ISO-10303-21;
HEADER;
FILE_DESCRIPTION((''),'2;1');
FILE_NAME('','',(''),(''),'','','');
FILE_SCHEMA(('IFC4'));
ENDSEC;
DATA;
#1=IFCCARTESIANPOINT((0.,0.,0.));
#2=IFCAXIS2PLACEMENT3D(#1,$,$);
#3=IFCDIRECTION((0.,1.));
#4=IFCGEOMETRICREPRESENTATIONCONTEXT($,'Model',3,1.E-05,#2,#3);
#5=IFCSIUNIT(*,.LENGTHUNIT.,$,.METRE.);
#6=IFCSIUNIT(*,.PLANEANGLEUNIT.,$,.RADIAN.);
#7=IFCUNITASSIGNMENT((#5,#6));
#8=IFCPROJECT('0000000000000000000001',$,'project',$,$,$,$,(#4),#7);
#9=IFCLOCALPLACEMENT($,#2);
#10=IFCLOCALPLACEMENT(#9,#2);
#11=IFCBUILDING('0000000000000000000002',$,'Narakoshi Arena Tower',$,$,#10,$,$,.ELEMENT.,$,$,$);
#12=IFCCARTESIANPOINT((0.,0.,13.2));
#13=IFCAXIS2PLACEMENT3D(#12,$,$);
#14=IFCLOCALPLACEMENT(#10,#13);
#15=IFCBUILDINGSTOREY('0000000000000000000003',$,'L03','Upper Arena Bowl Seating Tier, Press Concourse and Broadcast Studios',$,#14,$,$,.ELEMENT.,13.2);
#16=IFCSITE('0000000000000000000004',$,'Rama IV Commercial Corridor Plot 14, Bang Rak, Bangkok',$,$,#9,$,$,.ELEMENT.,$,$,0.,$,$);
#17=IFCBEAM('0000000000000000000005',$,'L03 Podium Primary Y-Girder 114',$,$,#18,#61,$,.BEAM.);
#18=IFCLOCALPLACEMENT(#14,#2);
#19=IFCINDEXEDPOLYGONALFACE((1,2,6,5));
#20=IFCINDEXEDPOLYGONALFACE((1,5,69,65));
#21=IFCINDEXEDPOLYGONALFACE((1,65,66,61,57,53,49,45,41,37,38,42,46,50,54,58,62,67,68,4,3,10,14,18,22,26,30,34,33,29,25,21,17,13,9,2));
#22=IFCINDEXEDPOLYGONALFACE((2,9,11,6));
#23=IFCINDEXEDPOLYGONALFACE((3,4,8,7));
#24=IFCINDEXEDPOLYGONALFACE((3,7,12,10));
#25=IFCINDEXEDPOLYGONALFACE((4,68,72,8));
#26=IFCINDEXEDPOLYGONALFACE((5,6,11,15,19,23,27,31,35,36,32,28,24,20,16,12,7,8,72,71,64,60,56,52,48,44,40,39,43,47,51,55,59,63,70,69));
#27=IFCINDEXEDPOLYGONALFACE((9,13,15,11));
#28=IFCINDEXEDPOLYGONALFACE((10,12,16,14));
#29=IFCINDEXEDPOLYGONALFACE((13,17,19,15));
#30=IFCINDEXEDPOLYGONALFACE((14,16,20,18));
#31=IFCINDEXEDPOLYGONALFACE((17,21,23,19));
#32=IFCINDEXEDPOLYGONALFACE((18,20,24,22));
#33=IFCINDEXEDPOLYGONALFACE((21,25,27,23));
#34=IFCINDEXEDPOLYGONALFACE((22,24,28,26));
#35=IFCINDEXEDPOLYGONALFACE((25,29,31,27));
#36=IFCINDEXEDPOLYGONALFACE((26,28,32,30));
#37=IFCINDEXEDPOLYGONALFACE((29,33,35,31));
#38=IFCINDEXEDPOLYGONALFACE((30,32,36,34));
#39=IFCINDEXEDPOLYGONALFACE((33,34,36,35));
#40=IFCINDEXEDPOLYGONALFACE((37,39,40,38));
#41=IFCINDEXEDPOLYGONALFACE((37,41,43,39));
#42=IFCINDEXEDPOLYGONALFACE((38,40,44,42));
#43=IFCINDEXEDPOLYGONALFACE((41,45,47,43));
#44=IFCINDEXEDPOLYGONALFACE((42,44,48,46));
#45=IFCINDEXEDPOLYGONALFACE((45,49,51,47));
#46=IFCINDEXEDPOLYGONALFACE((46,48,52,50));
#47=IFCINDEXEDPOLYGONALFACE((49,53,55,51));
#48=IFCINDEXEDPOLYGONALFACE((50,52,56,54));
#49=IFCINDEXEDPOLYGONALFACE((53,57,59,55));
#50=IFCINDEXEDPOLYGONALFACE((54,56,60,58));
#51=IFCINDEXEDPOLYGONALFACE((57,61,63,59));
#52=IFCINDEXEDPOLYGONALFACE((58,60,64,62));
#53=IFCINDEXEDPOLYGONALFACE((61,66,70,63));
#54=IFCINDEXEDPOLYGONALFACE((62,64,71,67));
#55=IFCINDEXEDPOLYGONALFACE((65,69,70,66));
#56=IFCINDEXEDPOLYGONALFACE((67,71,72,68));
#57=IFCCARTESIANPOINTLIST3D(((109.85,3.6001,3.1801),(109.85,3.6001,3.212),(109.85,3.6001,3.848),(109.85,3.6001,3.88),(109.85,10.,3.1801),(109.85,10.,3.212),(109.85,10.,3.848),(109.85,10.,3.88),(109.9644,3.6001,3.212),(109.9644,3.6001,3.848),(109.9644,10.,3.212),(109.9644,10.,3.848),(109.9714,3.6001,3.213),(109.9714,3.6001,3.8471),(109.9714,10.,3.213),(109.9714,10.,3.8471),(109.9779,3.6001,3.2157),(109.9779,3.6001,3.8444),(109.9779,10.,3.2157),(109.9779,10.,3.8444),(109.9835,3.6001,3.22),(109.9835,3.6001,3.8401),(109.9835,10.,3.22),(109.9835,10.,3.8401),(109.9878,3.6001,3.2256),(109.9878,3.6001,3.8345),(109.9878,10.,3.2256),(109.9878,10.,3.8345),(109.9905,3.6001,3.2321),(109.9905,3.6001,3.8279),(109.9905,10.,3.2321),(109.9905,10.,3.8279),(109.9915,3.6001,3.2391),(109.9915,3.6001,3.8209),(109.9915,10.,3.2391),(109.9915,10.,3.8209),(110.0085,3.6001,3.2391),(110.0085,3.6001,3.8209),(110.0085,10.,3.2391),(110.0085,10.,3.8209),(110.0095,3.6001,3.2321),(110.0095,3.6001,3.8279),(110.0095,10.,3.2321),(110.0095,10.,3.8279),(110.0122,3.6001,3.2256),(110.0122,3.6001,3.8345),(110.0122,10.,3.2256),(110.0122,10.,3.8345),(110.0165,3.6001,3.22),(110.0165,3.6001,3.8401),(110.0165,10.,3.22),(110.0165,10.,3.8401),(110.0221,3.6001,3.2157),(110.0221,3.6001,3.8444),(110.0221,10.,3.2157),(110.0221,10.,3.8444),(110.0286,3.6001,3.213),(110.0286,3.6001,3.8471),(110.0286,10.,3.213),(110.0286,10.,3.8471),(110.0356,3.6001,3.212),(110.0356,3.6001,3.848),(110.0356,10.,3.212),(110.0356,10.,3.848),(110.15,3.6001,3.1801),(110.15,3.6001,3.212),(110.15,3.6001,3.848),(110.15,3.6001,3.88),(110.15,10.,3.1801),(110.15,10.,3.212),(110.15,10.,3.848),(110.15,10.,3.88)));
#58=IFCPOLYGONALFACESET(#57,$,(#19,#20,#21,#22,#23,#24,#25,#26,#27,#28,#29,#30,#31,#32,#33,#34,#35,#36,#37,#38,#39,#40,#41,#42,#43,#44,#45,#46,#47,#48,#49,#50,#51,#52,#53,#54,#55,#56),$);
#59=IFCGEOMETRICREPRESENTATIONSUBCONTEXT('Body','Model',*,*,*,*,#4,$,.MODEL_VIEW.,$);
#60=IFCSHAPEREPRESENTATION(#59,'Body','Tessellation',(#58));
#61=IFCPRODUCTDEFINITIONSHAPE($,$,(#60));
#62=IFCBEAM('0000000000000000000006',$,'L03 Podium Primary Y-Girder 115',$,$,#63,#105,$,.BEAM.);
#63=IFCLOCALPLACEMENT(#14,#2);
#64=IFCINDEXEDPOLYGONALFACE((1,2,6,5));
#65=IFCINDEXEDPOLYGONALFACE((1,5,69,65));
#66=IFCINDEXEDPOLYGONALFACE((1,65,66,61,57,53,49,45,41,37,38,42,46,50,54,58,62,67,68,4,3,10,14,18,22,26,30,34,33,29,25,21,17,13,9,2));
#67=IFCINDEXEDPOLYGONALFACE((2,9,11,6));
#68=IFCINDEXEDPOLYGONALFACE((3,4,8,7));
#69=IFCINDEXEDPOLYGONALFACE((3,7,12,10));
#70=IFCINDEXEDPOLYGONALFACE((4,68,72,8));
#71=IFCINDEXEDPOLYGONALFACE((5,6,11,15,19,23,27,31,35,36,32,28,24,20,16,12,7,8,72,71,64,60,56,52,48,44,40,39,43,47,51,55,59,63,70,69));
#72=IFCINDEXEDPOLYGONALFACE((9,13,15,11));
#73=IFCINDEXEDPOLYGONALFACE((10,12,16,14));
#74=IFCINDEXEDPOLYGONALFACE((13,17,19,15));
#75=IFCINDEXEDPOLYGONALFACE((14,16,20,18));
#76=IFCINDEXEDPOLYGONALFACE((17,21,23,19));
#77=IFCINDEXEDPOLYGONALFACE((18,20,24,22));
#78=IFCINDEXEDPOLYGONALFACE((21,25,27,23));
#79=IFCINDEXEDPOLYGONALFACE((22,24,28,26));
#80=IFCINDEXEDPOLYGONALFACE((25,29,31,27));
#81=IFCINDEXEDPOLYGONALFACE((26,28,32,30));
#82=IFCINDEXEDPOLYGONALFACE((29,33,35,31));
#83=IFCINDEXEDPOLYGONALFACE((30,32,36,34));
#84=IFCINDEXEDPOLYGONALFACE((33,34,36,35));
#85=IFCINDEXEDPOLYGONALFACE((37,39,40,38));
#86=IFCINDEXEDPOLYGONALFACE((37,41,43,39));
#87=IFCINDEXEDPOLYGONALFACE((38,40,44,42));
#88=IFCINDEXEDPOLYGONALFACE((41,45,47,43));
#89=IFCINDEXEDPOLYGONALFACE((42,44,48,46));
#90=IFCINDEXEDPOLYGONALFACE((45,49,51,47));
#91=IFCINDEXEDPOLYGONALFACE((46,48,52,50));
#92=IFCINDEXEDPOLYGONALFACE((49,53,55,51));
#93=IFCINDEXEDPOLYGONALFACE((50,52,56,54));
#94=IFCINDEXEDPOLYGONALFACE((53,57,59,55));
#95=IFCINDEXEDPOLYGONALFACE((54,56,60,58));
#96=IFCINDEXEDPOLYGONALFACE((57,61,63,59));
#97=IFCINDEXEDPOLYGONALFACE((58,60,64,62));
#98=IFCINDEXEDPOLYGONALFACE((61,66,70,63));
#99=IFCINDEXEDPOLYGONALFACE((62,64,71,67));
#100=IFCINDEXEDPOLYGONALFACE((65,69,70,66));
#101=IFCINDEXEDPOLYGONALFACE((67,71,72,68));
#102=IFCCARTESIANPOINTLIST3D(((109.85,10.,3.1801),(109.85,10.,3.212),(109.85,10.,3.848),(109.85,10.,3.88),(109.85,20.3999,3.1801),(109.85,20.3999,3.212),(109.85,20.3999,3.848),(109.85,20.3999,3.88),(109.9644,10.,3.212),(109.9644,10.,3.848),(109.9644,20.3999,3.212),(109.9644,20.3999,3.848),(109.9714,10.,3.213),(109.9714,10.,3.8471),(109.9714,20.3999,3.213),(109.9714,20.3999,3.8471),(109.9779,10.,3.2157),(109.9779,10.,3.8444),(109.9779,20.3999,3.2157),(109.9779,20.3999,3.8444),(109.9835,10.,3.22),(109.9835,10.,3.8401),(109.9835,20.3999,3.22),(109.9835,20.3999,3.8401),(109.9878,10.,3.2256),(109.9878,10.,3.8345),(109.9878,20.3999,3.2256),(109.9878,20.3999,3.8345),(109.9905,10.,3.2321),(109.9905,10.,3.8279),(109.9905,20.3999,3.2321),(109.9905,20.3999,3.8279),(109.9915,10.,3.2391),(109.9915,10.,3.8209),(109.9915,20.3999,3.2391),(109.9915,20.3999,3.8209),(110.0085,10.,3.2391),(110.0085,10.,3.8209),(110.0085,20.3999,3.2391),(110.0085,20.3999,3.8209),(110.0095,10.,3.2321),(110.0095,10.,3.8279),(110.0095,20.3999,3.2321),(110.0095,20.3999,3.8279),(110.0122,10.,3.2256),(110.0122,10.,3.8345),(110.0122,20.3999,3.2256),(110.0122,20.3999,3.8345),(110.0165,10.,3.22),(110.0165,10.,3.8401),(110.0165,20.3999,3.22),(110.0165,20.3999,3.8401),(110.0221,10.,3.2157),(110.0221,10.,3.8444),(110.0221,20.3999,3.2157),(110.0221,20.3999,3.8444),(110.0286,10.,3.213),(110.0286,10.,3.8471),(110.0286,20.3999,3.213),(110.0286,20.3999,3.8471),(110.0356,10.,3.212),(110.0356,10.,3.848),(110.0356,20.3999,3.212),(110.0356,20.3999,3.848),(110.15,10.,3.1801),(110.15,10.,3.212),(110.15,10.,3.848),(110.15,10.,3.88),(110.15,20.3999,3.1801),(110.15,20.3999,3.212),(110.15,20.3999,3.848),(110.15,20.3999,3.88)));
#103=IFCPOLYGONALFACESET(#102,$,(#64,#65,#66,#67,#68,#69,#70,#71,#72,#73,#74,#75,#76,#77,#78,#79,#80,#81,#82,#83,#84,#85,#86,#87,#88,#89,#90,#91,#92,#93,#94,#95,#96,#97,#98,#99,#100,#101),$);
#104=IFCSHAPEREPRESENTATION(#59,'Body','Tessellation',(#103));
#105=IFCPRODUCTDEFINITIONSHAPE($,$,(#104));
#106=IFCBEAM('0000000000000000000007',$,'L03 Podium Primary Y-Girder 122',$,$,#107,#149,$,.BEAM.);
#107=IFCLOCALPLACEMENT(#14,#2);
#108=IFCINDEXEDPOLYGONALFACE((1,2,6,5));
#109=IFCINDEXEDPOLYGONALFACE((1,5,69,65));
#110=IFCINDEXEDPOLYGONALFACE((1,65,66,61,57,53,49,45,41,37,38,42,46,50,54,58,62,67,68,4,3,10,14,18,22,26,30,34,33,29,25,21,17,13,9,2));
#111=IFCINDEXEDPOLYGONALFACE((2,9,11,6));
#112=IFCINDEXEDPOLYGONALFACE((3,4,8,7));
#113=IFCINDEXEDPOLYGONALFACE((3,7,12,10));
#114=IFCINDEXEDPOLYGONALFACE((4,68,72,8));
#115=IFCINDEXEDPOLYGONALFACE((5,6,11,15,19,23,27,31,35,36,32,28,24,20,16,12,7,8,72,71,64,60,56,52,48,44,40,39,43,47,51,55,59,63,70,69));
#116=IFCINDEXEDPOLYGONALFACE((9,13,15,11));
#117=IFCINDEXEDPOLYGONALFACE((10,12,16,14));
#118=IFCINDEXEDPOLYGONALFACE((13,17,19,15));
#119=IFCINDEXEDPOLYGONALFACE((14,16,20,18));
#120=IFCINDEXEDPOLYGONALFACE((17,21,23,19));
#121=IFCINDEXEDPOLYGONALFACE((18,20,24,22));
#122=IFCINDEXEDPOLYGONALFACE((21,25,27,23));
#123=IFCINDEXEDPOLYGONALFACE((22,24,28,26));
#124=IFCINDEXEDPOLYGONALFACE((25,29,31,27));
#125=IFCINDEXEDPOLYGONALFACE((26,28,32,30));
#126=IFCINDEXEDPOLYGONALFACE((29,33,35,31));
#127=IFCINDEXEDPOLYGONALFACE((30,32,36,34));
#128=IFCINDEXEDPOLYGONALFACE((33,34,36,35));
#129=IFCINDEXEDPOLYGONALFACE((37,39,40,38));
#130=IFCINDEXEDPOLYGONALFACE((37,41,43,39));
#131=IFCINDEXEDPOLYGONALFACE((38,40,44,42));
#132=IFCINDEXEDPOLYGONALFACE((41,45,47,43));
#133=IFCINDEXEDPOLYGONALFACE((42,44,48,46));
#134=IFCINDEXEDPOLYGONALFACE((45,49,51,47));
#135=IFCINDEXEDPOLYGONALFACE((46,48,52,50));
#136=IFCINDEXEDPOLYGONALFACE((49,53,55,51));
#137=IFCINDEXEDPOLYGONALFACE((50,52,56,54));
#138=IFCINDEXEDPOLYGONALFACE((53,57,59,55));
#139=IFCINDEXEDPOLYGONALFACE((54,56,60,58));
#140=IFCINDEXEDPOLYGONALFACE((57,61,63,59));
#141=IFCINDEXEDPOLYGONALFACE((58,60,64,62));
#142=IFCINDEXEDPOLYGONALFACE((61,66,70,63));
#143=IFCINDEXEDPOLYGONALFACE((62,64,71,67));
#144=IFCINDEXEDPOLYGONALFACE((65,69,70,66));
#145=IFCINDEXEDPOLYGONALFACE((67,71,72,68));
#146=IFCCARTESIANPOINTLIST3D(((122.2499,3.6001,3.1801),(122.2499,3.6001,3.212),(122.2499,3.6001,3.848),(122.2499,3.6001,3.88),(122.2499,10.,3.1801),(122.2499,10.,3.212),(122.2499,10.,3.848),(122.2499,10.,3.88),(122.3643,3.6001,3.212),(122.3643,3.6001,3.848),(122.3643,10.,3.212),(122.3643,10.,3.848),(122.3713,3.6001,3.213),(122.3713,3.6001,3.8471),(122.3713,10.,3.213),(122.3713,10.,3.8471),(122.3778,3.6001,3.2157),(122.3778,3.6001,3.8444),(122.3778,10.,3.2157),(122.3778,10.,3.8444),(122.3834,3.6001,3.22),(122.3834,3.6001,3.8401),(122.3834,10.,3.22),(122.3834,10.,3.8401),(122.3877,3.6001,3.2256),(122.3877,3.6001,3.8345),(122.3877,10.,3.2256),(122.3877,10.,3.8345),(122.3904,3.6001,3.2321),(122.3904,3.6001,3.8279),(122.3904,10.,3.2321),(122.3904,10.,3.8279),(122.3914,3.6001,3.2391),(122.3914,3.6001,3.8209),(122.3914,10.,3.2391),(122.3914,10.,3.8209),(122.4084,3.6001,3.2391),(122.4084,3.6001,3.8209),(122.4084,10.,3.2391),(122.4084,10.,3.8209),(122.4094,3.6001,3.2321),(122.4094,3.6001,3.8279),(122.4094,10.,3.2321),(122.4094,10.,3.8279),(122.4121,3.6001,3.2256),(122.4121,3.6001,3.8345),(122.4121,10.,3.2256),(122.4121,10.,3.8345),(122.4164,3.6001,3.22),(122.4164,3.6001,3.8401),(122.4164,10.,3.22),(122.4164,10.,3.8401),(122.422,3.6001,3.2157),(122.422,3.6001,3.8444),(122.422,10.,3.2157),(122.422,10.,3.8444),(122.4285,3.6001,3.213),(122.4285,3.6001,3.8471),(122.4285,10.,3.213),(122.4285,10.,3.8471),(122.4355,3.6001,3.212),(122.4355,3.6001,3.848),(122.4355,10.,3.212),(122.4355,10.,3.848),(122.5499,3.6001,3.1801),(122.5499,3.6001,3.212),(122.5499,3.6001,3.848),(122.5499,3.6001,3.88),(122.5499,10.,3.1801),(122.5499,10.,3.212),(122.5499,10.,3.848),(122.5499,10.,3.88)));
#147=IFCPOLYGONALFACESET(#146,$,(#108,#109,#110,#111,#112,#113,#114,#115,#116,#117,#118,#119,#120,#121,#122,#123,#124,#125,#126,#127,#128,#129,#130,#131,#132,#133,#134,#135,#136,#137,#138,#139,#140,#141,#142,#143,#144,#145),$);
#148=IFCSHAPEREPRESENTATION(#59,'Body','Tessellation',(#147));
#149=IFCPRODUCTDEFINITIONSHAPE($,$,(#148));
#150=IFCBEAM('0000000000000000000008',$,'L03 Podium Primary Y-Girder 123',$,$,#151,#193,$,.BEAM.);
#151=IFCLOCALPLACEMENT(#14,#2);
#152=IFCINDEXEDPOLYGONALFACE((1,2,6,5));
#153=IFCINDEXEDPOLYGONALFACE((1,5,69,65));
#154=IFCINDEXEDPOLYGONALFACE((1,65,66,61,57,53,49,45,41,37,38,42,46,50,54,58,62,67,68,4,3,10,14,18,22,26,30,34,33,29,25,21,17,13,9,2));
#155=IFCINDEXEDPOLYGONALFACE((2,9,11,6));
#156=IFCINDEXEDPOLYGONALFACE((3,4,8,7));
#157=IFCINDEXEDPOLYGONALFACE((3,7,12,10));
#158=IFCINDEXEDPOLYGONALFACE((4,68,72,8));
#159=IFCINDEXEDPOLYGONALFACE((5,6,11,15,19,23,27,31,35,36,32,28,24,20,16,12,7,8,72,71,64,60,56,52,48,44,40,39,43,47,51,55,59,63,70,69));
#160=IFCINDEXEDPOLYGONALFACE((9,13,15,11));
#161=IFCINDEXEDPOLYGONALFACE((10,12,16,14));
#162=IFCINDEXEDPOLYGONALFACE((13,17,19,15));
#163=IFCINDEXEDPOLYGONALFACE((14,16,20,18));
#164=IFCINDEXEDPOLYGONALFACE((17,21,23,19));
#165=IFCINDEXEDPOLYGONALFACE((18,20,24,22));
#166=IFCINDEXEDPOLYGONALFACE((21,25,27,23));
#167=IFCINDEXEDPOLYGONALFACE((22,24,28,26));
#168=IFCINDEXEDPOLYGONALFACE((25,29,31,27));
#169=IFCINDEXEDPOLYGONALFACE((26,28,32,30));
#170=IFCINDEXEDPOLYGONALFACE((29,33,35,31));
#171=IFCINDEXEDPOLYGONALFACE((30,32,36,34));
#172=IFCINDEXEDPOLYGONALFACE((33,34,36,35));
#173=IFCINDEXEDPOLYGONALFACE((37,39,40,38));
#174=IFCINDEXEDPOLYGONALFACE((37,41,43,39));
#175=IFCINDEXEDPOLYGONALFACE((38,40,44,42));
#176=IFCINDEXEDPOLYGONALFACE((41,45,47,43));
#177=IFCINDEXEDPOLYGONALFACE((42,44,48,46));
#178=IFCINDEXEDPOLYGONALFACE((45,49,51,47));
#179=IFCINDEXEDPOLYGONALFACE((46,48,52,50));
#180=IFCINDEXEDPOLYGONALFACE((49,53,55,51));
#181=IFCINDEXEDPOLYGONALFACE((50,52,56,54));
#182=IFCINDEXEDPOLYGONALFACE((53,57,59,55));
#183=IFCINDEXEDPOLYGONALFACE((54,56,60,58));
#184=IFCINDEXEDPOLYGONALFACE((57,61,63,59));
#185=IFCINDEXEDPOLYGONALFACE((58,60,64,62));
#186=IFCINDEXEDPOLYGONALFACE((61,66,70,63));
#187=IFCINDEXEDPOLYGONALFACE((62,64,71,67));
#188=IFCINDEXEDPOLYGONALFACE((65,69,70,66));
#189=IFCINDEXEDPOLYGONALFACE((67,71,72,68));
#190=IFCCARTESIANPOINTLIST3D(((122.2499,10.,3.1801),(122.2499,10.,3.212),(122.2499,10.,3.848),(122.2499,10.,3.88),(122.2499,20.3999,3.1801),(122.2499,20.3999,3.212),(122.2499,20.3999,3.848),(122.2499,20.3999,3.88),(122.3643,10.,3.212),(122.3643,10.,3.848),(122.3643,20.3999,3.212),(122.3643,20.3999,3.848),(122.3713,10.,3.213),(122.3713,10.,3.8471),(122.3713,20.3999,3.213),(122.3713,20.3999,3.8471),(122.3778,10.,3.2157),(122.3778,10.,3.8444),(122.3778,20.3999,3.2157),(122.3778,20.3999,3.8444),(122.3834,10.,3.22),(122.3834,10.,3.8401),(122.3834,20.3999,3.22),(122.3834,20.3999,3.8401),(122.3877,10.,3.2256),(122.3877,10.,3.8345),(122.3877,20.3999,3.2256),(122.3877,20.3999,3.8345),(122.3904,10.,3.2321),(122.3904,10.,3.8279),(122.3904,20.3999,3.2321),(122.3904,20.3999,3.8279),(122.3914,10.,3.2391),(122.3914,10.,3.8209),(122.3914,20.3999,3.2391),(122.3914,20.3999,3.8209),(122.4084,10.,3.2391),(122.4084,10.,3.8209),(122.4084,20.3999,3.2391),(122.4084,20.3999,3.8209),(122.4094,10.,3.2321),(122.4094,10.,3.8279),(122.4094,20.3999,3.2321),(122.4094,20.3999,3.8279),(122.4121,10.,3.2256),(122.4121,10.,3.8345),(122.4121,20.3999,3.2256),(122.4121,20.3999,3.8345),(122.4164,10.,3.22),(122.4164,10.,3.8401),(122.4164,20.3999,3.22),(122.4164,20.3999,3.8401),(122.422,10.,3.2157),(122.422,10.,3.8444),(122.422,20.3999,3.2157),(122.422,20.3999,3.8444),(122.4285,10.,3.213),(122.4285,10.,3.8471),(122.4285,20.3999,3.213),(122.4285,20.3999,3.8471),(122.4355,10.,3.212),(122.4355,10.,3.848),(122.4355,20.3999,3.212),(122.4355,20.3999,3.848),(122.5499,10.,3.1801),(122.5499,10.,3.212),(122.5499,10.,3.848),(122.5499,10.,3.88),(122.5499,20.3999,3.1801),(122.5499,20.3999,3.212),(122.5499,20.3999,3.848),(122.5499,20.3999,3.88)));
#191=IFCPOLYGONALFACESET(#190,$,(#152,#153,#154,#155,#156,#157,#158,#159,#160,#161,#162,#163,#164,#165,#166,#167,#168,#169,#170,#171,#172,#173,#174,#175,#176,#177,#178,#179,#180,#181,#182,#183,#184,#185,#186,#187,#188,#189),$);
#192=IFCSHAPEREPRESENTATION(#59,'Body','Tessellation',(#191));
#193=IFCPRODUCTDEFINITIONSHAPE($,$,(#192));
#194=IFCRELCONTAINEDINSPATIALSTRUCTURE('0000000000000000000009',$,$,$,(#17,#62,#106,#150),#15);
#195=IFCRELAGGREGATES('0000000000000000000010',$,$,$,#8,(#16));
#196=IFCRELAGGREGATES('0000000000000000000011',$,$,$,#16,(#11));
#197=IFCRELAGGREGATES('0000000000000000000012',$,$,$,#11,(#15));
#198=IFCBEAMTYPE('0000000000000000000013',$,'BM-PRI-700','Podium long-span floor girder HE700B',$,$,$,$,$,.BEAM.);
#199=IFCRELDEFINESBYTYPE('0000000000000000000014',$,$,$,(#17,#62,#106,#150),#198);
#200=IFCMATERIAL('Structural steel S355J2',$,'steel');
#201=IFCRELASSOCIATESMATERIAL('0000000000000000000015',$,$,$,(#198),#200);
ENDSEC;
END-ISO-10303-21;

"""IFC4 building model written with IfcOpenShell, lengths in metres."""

from ifc_helpers import new_model, si_unit, direction, frame, origin, origin_2d, place, context, subcontext, project, spatial, i_section, extrude, material, material_profile, profile_set, type_object, element, save


model = new_model("IFC4")

# Units and contexts
model_context = context("Model", 3, precision=1e-05, world=origin(), true_north=direction((0.0, 1.0)))
body_context = subcontext(model_context, "Body", "Model", "MODEL_VIEW")
ifc_project = project(units=[si_unit("LENGTHUNIT", "METRE"), si_unit("PLANEANGLEUNIT", "RADIAN")], contexts=[model_context])

# Site, building, storey
site_placement = place(None, origin())
site = spatial("IfcSite", under=ifc_project, at=site_placement, Name="Rama IV Commercial Corridor Plot 14, Bang Rak, Bangkok", CompositionType="ELEMENT", RefElevation=0.0)
building_placement = place(site_placement, origin())
building = spatial("IfcBuilding", under=site, at=building_placement, Name="Narakoshi Arena Tower", CompositionType="ELEMENT")
storey_placement = place(building_placement, frame((0.0, 0.0, 13.2)))
storey = spatial("IfcBuildingStorey", under=building, at=storey_placement, Name="L03", Description="Upper Arena Bowl Seating Tier, Press Concourse and Broadcast Studios", CompositionType="ELEMENT", Elevation=13.2)

# Beams
ifc_material_1 = material(Name="Structural steel S355J2", Category="steel")
ifc_material_profile_1 = material_profile(ifc_material_1, i_section(OverallWidth=0.3, OverallDepth=0.7, WebThickness=0.0171, FlangeThickness=0.032, FilletRadius=0.0271, at=origin_2d()), Name="HE700B")
ifc_profile_set_1 = profile_set([ifc_material_profile_1], Name="Structural steel S355J2")
beam_type_1 = type_object("IfcBeamType", Name="BM-PRI-700", Description="Podium long-span floor girder HE700B", PredefinedType="BEAM", material=ifc_profile_set_1)
beam_1_placement = place(storey_placement, frame((110.0, 3.6001, 3.53), z_axis=(0.0, 1.0, 0.0), x_axis=(-1.0, 0.0, 0.0)))
element("IfcBeam", 1, at=beam_1_placement, inside=storey, type_object=beam_type_1, Name="L03 Podium Primary Y-Girder 114", PredefinedType="BEAM", context=body_context, shape_type="SweptSolid", body=[
    extrude(i_section(OverallWidth=0.3, OverallDepth=0.7, WebThickness=0.0171, FlangeThickness=0.032, FilletRadius=0.0271, at=origin_2d()), origin(), (0.0, 0.0, 1.0), 6.3999),
])
beam_2_placement = place(storey_placement, frame((110.0, 10.0, 3.53), z_axis=(0.0, 1.0, 0.0), x_axis=(-1.0, 0.0, 0.0)))
element("IfcBeam", 2, at=beam_2_placement, inside=storey, type_object=beam_type_1, Name="L03 Podium Primary Y-Girder 115", PredefinedType="BEAM", context=body_context, shape_type="SweptSolid", body=[
    extrude(i_section(OverallWidth=0.3, OverallDepth=0.7, WebThickness=0.0171, FlangeThickness=0.032, FilletRadius=0.0271, at=origin_2d()), origin(), (0.0, 0.0, 1.0), 10.3999),
])
beam_3_placement = place(storey_placement, frame((122.3999, 3.6001, 3.53), z_axis=(0.0, 1.0, 0.0), x_axis=(-1.0, 0.0, 0.0)))
element("IfcBeam", 3, at=beam_3_placement, inside=storey, type_object=beam_type_1, Name="L03 Podium Primary Y-Girder 122", PredefinedType="BEAM", context=body_context, shape_type="SweptSolid", body=[
    extrude(i_section(OverallWidth=0.3, OverallDepth=0.7, WebThickness=0.0171, FlangeThickness=0.032, FilletRadius=0.0271, at=origin_2d()), origin(), (0.0, 0.0, 1.0), 6.3999),
])
beam_4_placement = place(storey_placement, frame((122.3999, 10.0, 3.53), z_axis=(0.0, 1.0, 0.0), x_axis=(-1.0, 0.0, 0.0)))
element("IfcBeam", 4, at=beam_4_placement, inside=storey, type_object=beam_type_1, Name="L03 Podium Primary Y-Girder 123", PredefinedType="BEAM", context=body_context, shape_type="SweptSolid", body=[
    extrude(i_section(OverallWidth=0.3, OverallDepth=0.7, WebThickness=0.0171, FlangeThickness=0.032, FilletRadius=0.0271, at=origin_2d()), origin(), (0.0, 0.0, 1.0), 10.3999),
])

save(model, "model.ifc")
